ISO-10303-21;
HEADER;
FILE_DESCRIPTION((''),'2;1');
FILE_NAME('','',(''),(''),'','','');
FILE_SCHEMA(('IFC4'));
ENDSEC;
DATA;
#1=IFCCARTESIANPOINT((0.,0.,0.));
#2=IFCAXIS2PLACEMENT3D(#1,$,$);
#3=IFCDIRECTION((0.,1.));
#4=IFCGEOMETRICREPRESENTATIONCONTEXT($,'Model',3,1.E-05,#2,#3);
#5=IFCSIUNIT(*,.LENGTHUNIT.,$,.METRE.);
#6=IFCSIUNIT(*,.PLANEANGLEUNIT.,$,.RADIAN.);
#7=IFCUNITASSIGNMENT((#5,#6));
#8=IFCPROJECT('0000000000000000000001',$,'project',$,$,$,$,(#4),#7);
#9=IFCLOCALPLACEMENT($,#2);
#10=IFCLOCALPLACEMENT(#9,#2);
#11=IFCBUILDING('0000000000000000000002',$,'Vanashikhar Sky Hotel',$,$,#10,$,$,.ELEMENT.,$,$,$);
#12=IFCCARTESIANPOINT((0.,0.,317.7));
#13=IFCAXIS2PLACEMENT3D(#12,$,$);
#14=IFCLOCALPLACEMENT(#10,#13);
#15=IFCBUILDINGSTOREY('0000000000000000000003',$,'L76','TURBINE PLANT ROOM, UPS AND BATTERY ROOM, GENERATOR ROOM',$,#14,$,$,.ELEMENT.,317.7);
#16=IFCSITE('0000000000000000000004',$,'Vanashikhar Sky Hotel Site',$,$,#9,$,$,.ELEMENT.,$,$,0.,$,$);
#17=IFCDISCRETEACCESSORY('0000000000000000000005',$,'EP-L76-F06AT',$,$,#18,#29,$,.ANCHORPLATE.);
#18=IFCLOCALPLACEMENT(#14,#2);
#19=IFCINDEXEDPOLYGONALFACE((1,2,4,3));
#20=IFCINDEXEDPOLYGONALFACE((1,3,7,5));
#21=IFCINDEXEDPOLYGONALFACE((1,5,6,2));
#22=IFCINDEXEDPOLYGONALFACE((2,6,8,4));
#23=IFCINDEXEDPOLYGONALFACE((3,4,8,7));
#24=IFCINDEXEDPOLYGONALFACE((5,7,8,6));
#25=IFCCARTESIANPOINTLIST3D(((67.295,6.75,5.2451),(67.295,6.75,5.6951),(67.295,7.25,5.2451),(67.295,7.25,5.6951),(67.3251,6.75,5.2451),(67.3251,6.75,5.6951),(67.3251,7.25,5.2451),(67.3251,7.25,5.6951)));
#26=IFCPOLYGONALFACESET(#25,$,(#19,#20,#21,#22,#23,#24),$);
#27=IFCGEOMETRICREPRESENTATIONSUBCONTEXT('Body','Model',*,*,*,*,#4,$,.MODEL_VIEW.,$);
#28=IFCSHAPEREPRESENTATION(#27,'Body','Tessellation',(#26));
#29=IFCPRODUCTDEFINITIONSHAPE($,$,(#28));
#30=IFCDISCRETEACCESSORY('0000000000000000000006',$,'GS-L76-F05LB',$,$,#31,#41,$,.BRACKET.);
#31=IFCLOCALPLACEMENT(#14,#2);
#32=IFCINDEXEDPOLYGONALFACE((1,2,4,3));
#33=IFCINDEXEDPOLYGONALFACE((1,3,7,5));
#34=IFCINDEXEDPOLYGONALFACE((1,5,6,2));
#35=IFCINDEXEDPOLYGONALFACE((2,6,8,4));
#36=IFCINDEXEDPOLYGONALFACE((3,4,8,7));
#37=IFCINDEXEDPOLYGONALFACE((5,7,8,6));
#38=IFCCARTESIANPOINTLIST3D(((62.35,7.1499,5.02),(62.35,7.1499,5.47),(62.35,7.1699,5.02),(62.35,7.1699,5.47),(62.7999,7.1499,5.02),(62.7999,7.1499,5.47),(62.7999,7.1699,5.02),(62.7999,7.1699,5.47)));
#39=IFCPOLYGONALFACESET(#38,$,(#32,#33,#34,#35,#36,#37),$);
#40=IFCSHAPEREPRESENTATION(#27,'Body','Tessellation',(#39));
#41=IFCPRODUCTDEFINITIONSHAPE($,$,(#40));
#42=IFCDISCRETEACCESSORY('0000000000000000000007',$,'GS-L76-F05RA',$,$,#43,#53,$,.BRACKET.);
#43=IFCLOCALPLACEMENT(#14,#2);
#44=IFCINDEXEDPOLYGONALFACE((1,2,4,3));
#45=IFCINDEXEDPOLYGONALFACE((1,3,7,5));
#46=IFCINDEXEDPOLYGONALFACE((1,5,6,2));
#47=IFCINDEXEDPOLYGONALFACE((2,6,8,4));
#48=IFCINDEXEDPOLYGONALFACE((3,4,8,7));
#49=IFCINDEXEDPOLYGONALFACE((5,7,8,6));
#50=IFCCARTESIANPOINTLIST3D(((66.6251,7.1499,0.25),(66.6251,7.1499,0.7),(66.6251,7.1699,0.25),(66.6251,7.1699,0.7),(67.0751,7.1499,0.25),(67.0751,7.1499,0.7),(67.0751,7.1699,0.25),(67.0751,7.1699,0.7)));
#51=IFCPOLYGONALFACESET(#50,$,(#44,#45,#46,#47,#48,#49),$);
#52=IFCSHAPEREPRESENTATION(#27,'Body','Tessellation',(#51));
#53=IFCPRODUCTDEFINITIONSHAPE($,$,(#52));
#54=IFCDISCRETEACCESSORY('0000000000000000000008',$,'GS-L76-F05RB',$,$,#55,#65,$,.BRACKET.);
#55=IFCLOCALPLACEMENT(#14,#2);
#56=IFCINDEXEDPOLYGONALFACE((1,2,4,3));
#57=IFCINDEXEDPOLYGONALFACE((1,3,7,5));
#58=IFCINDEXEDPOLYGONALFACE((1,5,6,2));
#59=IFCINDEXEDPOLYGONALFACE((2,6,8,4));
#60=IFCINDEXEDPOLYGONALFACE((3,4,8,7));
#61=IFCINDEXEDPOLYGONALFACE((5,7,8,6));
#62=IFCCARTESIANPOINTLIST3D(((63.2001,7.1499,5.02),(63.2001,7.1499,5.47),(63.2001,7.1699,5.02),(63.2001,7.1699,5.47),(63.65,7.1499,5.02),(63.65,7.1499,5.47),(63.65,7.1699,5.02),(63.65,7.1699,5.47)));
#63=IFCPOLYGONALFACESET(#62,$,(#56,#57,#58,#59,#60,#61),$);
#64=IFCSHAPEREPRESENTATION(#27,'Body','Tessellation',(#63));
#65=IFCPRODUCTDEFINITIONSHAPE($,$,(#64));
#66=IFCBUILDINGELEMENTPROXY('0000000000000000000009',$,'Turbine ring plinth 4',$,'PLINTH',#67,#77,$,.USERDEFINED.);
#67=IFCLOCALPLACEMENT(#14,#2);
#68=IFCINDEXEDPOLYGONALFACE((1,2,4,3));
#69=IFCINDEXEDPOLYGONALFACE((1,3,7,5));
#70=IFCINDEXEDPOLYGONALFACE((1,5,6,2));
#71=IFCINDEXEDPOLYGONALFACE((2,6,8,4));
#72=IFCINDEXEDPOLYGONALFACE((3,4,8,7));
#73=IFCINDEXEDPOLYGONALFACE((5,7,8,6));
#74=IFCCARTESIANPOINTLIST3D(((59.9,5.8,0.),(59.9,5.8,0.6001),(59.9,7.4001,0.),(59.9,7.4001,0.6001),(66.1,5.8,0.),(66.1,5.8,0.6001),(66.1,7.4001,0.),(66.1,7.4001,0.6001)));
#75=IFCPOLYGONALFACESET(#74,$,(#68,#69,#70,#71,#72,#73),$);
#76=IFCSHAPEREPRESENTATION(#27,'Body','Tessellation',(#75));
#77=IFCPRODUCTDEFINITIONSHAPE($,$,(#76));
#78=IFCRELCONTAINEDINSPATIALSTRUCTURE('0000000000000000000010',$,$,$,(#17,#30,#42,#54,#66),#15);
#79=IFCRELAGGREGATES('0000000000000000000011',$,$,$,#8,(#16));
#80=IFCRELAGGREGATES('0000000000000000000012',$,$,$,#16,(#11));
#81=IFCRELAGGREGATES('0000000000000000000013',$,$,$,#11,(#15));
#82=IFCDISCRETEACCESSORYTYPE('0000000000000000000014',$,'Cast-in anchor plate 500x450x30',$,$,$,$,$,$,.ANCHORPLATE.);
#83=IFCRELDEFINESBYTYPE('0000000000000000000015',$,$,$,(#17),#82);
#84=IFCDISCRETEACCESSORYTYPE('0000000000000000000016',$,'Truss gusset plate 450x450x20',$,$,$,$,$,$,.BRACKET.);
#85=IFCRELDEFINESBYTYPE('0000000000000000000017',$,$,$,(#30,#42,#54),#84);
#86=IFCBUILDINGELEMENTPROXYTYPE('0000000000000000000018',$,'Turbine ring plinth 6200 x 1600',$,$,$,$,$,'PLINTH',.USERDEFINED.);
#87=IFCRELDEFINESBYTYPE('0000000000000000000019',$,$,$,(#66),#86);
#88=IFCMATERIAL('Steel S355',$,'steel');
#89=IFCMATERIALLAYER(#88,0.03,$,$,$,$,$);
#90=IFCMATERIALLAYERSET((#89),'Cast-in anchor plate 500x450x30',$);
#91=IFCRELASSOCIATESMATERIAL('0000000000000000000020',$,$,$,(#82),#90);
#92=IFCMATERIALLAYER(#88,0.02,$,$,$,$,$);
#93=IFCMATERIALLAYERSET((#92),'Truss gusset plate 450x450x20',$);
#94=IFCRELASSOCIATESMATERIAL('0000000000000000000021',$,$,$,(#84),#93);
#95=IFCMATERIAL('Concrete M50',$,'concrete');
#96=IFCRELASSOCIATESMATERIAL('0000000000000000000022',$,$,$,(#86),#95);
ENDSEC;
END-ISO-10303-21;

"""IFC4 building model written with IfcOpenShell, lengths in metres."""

from ifc_helpers import new_model, si_unit, direction, frame, origin, origin_2d, place, context, subcontext, project, spatial, rectangle, extrude, source, transform, mapped, material, layer, layer_set, type_object, element, save


model = new_model("IFC4")

# Units and contexts
model_context = context("Model", 3, precision=1e-05, world=origin(), true_north=direction((0.0, 1.0)))
body_context = subcontext(model_context, "Body", "Model", "MODEL_VIEW")
ifc_project = project(units=[si_unit("LENGTHUNIT", "METRE"), si_unit("PLANEANGLEUNIT", "RADIAN")], contexts=[model_context])

# Site, building, storey
site_placement = place(None, origin())
site = spatial("IfcSite", under=ifc_project, at=site_placement, Name="Vanashikhar Sky Hotel Site", CompositionType="ELEMENT", RefElevation=0.0)
building_placement = place(site_placement, origin())
building = spatial("IfcBuilding", under=site, at=building_placement, Name="Vanashikhar Sky Hotel", CompositionType="ELEMENT")
storey_placement = place(building_placement, frame((0.0, 0.0, 317.7)))
storey = spatial("IfcBuildingStorey", under=building, at=storey_placement, Name="L76", Description="TURBINE PLANT ROOM, UPS AND BATTERY ROOM, GENERATOR ROOM", CompositionType="ELEMENT", Elevation=317.7)

# Shared definitions
ifc_material_1 = material(Name="Steel S355", Category="steel")

# Shared definitions
ifc_material_2 = material(Name="Concrete M50", Category="concrete")

# Discrete accessories
ifc_layer_1 = layer(ifc_material_1, 0.03)
ifc_layer_set_1 = layer_set([ifc_layer_1], Name="Cast-in anchor plate 500x450x30")
discrete_accessory_type_1 = type_object("IfcDiscreteAccessoryType", Name="Cast-in anchor plate 500x450x30", PredefinedType="ANCHORPLATE", material=ifc_layer_set_1)
shared_shape_1 = source(origin(), body_context, "Body", "SweptSolid", [
    extrude(rectangle(XDim=0.03, YDim=0.5, at=origin_2d()), origin(), (0.0, 0.0, 1.0), 0.45),
])
for number, where, z_axis, x_axis, name in (
    (1, (67.3101, 7.0, 5.2451), (0.0, 0.0, 1.0), (1.0, 0.0, 0.0), "EP-L76-F06AT"),
):
    element("IfcDiscreteAccessory", number, at=place(storey_placement, frame(where, z_axis=z_axis, x_axis=x_axis)), inside=storey, type_object=discrete_accessory_type_1, Name=name, PredefinedType="ANCHORPLATE", context=body_context, shape_type="MappedRepresentation", body=[
        mapped(shared_shape_1, transform((0.0, 0.0, 0.0), scale=1.0)),
    ])
ifc_layer_2 = layer(ifc_material_1, 0.02)
ifc_layer_set_2 = layer_set([ifc_layer_2], Name="Truss gusset plate 450x450x20")
discrete_accessory_type_2 = type_object("IfcDiscreteAccessoryType", Name="Truss gusset plate 450x450x20", PredefinedType="BRACKET", material=ifc_layer_set_2)
shared_shape_2 = source(origin(), body_context, "Body", "SweptSolid", [
    extrude(rectangle(XDim=0.45, YDim=0.02, at=origin_2d()), origin(), (0.0, 0.0, 1.0), 0.45),
])
for number, where, z_axis, x_axis, name in (
    (2, (62.575, 7.1599, 5.02), (0.0, 0.0, 1.0), (1.0, 0.0, 0.0), "GS-L76-F05LB"),
    (3, (66.8501, 7.1599, 0.25), (0.0, 0.0, 1.0), (1.0, 0.0, 0.0), "GS-L76-F05RA"),
    (4, (63.425, 7.1599, 5.02), (0.0, 0.0, 1.0), (1.0, 0.0, 0.0), "GS-L76-F05RB"),
):
    element("IfcDiscreteAccessory", number, at=place(storey_placement, frame(where, z_axis=z_axis, x_axis=x_axis)), inside=storey, type_object=discrete_accessory_type_2, Name=name, PredefinedType="BRACKET", context=body_context, shape_type="MappedRepresentation", body=[
        mapped(shared_shape_2, transform((0.0, 0.0, 0.0), scale=1.0)),
    ])

# Building element proxy
building_element_proxy_type = type_object("IfcBuildingElementProxyType", Name="Turbine ring plinth 6200 x 1600", ElementType="PLINTH", PredefinedType="USERDEFINED", material=ifc_material_2)
shared_shape_3 = source(origin(), body_context, "Body", "SweptSolid", [
    extrude(rectangle(XDim=6.2, YDim=1.6001, at=origin_2d()), origin(), (0.0, 0.0, 1.0), 0.6001),
])
proxy_placement = place(storey_placement, frame((63.0, 6.6001, 0.0), z_axis=(0.0, 0.0, 1.0), x_axis=(1.0, 0.0, 0.0)))
element("IfcBuildingElementProxy", 5, at=proxy_placement, inside=storey, type_object=building_element_proxy_type, Name="Turbine ring plinth 4", ObjectType="PLINTH", PredefinedType="USERDEFINED", context=body_context, shape_type="MappedRepresentation", body=[
    mapped(shared_shape_3, transform((0.0, 0.0, 0.0), scale=1.0)),
])

save(model, "model.ifc")
